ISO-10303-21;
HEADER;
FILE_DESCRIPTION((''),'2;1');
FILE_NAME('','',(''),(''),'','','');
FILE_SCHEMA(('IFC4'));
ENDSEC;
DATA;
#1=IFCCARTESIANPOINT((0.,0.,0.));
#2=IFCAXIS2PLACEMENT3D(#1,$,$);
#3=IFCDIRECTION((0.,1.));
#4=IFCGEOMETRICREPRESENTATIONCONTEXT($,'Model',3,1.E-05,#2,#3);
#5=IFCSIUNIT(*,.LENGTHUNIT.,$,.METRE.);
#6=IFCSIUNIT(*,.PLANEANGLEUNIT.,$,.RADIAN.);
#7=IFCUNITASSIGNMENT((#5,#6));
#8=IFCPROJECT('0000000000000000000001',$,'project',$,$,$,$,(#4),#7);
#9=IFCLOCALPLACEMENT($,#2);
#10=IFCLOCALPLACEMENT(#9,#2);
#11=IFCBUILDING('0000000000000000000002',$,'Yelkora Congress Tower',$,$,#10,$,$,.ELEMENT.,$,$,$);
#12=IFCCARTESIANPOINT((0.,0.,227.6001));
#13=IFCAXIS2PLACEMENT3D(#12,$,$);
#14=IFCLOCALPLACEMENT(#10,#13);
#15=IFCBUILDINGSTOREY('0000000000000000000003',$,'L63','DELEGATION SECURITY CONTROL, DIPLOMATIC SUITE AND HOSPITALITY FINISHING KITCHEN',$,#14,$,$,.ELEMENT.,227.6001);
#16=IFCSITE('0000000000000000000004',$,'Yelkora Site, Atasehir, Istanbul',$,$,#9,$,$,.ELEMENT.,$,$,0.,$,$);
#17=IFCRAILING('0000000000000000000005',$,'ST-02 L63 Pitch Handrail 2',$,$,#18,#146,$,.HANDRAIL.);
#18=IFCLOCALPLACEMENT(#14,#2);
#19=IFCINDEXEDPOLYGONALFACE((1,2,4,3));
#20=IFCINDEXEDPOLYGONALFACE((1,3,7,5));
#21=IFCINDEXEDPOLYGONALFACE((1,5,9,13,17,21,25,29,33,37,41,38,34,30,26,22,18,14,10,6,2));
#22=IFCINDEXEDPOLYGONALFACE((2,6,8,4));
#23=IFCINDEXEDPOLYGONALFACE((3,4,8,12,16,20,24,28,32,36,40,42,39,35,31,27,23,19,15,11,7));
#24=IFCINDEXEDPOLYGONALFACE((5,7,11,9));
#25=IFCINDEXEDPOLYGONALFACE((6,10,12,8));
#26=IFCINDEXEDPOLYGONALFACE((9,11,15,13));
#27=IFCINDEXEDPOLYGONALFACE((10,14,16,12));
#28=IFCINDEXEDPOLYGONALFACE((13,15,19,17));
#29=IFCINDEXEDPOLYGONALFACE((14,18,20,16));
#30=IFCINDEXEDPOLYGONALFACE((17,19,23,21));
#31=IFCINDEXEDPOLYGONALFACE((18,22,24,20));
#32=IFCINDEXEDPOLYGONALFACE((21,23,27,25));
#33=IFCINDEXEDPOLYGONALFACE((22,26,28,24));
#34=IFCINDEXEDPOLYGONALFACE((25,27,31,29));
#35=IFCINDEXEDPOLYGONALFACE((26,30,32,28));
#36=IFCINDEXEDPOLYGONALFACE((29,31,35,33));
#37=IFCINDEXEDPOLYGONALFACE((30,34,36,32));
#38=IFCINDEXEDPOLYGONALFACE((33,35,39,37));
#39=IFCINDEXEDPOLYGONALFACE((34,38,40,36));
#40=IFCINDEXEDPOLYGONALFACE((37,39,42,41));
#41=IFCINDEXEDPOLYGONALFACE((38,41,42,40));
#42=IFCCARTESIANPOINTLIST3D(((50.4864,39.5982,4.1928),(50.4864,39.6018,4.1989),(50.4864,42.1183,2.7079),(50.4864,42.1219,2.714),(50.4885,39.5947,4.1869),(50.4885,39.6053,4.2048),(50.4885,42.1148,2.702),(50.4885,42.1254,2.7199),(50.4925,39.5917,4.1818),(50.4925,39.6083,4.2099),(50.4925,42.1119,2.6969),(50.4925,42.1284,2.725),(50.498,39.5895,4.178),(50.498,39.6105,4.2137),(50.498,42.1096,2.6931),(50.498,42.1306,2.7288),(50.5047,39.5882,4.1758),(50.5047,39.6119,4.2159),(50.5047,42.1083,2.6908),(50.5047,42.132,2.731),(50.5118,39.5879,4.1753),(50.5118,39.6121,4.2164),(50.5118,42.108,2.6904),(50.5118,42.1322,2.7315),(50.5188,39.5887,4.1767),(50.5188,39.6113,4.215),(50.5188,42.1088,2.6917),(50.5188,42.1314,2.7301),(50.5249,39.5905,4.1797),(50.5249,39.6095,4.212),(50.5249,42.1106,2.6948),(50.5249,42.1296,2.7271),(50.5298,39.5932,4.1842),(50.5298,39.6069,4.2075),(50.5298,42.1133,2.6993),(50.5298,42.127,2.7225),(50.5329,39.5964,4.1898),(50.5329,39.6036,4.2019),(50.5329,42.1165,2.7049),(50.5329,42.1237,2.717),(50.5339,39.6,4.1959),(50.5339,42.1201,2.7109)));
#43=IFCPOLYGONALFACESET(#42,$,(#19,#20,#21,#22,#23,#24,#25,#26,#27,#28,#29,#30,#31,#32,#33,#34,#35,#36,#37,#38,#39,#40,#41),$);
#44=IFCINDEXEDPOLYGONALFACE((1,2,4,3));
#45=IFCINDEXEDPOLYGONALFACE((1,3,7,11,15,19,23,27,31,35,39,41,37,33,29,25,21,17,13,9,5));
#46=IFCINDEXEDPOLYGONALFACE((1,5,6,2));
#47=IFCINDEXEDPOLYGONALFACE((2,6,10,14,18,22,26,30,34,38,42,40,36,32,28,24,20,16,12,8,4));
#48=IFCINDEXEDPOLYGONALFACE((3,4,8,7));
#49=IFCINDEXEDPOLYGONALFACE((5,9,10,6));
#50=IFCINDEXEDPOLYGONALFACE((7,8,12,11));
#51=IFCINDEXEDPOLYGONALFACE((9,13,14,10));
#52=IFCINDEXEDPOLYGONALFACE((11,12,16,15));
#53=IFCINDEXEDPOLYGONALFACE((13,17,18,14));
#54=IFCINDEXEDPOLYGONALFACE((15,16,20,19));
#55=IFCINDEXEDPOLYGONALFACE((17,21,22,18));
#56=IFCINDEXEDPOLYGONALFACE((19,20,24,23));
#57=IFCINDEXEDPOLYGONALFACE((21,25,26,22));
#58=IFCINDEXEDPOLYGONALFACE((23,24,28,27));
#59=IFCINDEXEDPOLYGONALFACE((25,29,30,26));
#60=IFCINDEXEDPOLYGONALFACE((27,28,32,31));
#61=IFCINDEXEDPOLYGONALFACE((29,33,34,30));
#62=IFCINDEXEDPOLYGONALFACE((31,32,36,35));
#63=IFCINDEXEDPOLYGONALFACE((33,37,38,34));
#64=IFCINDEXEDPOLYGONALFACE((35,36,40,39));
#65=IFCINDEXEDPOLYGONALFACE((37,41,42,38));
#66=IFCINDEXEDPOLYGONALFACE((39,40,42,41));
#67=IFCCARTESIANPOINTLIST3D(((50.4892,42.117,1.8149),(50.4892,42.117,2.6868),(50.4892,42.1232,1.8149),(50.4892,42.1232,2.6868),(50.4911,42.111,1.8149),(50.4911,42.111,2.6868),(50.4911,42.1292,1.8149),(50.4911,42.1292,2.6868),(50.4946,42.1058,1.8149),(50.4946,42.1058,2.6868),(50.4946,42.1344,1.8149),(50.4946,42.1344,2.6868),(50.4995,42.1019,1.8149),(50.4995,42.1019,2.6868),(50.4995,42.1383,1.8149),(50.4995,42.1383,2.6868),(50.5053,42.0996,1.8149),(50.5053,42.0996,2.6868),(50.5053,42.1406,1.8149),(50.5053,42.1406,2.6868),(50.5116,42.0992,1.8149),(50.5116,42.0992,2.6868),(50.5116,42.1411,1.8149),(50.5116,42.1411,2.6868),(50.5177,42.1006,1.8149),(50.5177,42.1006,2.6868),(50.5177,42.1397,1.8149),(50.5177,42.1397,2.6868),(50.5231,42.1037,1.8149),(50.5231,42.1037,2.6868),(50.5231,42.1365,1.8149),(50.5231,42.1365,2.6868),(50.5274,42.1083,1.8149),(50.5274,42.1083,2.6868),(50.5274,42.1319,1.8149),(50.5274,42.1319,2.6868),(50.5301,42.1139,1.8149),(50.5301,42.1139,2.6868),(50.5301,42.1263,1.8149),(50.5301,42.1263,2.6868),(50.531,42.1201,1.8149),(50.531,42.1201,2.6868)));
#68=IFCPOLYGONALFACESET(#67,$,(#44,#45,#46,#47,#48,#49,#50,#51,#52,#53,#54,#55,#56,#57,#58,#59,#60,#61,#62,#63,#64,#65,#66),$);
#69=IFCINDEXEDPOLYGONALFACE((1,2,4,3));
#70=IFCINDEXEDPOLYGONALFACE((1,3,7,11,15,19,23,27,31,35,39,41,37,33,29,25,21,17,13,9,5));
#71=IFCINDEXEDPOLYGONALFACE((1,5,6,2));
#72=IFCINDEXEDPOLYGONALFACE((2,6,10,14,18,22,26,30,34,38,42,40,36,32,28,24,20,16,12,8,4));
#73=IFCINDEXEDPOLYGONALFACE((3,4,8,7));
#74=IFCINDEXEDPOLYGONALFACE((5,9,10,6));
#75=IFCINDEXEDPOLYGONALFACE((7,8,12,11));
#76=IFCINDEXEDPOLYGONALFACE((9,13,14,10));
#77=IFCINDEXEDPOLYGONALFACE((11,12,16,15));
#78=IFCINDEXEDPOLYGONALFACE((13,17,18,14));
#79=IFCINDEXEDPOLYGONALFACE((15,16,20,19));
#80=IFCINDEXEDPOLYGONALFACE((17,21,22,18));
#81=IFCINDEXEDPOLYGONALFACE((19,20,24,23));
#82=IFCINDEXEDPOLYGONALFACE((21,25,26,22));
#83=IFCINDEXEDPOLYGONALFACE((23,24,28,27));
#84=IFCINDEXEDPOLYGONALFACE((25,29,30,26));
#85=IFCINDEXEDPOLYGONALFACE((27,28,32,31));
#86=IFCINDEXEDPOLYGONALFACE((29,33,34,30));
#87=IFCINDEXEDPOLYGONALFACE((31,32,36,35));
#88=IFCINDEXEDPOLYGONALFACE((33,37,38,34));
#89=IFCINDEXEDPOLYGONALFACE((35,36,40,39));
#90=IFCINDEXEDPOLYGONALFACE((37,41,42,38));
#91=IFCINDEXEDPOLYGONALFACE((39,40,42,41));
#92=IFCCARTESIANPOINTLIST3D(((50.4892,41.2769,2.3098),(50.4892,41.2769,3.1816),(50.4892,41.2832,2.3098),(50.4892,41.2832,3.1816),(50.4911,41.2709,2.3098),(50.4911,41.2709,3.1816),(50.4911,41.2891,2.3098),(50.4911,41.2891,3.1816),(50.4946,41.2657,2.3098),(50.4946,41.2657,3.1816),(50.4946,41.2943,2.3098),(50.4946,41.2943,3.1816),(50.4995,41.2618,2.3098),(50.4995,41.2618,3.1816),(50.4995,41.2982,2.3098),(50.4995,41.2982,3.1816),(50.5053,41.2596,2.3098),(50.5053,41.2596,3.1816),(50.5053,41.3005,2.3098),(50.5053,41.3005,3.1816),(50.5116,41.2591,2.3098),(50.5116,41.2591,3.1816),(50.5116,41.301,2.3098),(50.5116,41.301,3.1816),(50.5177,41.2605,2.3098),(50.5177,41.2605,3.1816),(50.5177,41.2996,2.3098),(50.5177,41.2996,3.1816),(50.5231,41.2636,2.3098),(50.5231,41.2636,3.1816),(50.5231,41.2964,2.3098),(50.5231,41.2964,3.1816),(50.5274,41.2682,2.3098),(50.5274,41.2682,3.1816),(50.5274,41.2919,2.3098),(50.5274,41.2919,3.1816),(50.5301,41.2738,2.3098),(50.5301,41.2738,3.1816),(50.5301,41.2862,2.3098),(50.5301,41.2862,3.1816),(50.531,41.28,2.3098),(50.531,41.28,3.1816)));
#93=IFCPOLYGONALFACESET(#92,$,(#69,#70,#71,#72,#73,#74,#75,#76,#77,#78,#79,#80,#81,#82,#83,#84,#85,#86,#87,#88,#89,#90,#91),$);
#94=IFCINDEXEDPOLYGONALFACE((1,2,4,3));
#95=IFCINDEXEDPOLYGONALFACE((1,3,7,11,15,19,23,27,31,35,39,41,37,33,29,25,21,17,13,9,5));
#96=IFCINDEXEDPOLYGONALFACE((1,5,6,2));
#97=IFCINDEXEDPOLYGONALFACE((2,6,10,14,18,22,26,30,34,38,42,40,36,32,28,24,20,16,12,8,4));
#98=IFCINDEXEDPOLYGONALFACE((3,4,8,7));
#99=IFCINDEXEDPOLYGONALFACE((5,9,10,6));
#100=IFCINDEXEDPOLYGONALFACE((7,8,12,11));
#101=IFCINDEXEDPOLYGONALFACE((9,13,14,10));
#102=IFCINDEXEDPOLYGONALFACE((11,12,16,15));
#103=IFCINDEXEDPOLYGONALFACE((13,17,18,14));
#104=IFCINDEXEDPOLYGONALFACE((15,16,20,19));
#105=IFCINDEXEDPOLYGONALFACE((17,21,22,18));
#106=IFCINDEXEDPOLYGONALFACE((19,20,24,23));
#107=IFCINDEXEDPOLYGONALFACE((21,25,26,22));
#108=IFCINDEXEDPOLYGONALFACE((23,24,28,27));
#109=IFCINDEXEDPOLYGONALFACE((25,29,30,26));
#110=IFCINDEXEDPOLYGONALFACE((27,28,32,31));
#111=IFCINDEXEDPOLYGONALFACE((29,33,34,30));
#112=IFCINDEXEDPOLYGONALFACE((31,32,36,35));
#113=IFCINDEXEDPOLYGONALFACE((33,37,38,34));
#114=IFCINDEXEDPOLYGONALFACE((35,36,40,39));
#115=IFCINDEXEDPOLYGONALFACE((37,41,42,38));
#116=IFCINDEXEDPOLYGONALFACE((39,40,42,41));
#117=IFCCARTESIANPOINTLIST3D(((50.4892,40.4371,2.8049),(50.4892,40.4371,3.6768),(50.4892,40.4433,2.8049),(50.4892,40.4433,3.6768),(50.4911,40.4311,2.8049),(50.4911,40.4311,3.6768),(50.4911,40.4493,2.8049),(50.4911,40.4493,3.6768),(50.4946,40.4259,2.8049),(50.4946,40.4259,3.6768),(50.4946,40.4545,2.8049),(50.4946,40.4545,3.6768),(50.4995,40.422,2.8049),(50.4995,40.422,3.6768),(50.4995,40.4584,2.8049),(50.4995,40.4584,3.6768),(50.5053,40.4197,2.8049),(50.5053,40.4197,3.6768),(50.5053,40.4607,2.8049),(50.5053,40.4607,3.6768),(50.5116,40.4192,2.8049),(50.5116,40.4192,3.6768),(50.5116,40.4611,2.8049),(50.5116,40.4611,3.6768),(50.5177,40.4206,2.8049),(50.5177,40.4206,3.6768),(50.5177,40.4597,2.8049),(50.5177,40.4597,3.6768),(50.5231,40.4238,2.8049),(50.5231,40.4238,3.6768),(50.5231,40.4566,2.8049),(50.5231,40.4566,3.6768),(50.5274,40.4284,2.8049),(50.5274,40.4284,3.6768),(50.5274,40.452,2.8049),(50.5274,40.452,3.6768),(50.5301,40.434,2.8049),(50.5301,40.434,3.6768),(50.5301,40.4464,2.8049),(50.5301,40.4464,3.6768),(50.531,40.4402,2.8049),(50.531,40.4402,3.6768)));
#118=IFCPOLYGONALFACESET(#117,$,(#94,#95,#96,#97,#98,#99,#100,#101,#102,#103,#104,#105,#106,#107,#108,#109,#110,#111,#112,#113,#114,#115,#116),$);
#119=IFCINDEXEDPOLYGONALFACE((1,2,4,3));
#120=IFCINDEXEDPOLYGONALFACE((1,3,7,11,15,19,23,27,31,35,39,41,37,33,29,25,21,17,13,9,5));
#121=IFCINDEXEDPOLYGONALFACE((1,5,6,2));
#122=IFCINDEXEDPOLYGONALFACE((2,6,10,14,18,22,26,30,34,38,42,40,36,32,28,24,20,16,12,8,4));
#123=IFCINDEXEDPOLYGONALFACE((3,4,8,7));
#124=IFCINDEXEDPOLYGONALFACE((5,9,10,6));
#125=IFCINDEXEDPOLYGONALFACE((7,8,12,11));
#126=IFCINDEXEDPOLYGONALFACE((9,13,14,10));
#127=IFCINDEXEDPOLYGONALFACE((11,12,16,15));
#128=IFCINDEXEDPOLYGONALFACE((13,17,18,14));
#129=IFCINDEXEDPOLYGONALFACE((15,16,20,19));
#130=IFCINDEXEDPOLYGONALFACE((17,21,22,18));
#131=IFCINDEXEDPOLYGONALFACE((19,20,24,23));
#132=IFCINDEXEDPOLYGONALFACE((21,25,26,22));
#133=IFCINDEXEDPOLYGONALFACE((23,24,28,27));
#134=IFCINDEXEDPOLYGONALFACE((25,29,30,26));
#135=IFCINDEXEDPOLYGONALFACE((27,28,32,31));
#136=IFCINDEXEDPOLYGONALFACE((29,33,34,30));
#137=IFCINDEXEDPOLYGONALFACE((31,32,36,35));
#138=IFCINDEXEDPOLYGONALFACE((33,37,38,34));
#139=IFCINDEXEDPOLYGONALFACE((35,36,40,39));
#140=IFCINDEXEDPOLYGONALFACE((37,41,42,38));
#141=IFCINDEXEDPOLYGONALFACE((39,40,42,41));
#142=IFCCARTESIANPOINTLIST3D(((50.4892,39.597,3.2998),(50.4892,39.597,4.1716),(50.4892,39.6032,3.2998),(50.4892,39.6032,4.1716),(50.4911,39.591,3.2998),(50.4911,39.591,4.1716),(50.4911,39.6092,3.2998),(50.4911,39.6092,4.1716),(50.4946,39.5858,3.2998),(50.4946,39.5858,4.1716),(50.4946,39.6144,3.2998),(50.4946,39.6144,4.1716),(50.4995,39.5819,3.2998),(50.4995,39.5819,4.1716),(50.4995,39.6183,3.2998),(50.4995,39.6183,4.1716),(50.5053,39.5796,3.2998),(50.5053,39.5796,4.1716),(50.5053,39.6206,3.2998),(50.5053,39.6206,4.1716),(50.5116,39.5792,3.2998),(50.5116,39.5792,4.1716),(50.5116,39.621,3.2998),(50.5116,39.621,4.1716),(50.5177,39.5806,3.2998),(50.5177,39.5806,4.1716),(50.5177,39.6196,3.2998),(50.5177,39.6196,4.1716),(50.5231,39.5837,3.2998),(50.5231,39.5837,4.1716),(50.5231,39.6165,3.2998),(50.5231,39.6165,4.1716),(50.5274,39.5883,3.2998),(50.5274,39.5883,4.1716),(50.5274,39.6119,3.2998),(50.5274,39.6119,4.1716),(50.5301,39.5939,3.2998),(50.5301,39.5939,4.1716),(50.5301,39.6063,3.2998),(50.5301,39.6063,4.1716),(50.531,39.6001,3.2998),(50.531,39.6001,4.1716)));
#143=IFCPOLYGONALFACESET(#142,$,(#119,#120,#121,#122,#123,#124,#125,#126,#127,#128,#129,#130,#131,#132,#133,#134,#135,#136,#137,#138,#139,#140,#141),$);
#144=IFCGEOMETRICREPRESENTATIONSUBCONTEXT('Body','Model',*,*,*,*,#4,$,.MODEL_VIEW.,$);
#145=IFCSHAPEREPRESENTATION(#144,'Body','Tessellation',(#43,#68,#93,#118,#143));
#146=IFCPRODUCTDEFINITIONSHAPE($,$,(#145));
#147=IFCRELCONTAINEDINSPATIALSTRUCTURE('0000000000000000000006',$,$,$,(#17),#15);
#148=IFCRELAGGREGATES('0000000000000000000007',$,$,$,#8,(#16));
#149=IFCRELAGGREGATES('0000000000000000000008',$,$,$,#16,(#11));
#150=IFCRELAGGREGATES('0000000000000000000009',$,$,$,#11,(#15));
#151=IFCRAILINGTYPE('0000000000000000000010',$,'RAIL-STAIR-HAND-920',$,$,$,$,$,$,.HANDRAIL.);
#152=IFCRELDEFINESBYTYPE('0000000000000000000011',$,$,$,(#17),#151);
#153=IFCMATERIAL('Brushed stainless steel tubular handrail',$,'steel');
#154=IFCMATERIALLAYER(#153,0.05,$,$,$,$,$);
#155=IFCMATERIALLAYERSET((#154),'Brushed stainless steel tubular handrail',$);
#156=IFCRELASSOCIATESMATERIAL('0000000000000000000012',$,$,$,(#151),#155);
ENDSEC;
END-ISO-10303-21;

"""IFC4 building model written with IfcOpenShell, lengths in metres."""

from ifc_helpers import new_model, si_unit, direction, frame, origin, origin_2d, place, context, subcontext, project, spatial, circle, extrude, material, layer, layer_set, type_object, element, save


model = new_model("IFC4")

# Units and contexts
model_context = context("Model", 3, precision=1e-05, world=origin(), true_north=direction((0.0, 1.0)))
body_context = subcontext(model_context, "Body", "Model", "MODEL_VIEW")
ifc_project = project(units=[si_unit("LENGTHUNIT", "METRE"), si_unit("PLANEANGLEUNIT", "RADIAN")], contexts=[model_context])

# Site, building, storey
site_placement = place(None, origin())
site = spatial("IfcSite", under=ifc_project, at=site_placement, Name="Yelkora Site, Atasehir, Istanbul", CompositionType="ELEMENT", RefElevation=0.0)
building_placement = place(site_placement, origin())
building = spatial("IfcBuilding", under=site, at=building_placement, Name="Yelkora Congress Tower", CompositionType="ELEMENT")
storey_placement = place(building_placement, frame((0.0, 0.0, 227.6001)))
storey = spatial("IfcBuildingStorey", under=building, at=storey_placement, Name="L63", Description="DELEGATION SECURITY CONTROL, DIPLOMATIC SUITE AND HOSPITALITY FINISHING KITCHEN", CompositionType="ELEMENT", Elevation=227.6001)

# Railing
ifc_material_1 = material(Name="Brushed stainless steel tubular handrail", Category="steel")
ifc_layer_1 = layer(ifc_material_1, 0.05)
ifc_layer_set_1 = layer_set([ifc_layer_1], Name="Brushed stainless steel tubular handrail")
railing_type_1 = type_object("IfcRailingType", Name="RAIL-STAIR-HAND-920", PredefinedType="HANDRAIL", material=ifc_layer_set_1)
railing_1_placement = place(storey_placement, frame((50.51, 42.1201, 1.8149)))
element("IfcRailing", 1, at=railing_1_placement, inside=storey, type_object=railing_type_1, Name="ST-02 L63 Pitch Handrail 2", PredefinedType="HANDRAIL", context=body_context, shape_type="SweptSolid", body=[
    extrude(circle(Radius=0.0239, at=origin_2d()), frame((0.0, 0.0, 0.896), z_axis=(0.0, -0.861561, 0.507655), x_axis=(1.0, 0.0, 0.0)), (0.0, 0.0, 1.0), 2.925),
    extrude(circle(Radius=0.021, at=origin_2d()), origin(), (0.0, 0.0, 1.0), 0.8718),
    extrude(circle(Radius=0.021, at=origin_2d()), frame((0.0, -0.8401, 0.4949)), (0.0, 0.0, 1.0), 0.8718),
    extrude(circle(Radius=0.021, at=origin_2d()), frame((0.0, -1.6799, 0.99)), (0.0, 0.0, 1.0), 0.8718),
    extrude(circle(Radius=0.021, at=origin_2d()), frame((0.0, -2.52, 1.4849)), (0.0, 0.0, 1.0), 0.8718),
])

save(model, "model.ifc")
